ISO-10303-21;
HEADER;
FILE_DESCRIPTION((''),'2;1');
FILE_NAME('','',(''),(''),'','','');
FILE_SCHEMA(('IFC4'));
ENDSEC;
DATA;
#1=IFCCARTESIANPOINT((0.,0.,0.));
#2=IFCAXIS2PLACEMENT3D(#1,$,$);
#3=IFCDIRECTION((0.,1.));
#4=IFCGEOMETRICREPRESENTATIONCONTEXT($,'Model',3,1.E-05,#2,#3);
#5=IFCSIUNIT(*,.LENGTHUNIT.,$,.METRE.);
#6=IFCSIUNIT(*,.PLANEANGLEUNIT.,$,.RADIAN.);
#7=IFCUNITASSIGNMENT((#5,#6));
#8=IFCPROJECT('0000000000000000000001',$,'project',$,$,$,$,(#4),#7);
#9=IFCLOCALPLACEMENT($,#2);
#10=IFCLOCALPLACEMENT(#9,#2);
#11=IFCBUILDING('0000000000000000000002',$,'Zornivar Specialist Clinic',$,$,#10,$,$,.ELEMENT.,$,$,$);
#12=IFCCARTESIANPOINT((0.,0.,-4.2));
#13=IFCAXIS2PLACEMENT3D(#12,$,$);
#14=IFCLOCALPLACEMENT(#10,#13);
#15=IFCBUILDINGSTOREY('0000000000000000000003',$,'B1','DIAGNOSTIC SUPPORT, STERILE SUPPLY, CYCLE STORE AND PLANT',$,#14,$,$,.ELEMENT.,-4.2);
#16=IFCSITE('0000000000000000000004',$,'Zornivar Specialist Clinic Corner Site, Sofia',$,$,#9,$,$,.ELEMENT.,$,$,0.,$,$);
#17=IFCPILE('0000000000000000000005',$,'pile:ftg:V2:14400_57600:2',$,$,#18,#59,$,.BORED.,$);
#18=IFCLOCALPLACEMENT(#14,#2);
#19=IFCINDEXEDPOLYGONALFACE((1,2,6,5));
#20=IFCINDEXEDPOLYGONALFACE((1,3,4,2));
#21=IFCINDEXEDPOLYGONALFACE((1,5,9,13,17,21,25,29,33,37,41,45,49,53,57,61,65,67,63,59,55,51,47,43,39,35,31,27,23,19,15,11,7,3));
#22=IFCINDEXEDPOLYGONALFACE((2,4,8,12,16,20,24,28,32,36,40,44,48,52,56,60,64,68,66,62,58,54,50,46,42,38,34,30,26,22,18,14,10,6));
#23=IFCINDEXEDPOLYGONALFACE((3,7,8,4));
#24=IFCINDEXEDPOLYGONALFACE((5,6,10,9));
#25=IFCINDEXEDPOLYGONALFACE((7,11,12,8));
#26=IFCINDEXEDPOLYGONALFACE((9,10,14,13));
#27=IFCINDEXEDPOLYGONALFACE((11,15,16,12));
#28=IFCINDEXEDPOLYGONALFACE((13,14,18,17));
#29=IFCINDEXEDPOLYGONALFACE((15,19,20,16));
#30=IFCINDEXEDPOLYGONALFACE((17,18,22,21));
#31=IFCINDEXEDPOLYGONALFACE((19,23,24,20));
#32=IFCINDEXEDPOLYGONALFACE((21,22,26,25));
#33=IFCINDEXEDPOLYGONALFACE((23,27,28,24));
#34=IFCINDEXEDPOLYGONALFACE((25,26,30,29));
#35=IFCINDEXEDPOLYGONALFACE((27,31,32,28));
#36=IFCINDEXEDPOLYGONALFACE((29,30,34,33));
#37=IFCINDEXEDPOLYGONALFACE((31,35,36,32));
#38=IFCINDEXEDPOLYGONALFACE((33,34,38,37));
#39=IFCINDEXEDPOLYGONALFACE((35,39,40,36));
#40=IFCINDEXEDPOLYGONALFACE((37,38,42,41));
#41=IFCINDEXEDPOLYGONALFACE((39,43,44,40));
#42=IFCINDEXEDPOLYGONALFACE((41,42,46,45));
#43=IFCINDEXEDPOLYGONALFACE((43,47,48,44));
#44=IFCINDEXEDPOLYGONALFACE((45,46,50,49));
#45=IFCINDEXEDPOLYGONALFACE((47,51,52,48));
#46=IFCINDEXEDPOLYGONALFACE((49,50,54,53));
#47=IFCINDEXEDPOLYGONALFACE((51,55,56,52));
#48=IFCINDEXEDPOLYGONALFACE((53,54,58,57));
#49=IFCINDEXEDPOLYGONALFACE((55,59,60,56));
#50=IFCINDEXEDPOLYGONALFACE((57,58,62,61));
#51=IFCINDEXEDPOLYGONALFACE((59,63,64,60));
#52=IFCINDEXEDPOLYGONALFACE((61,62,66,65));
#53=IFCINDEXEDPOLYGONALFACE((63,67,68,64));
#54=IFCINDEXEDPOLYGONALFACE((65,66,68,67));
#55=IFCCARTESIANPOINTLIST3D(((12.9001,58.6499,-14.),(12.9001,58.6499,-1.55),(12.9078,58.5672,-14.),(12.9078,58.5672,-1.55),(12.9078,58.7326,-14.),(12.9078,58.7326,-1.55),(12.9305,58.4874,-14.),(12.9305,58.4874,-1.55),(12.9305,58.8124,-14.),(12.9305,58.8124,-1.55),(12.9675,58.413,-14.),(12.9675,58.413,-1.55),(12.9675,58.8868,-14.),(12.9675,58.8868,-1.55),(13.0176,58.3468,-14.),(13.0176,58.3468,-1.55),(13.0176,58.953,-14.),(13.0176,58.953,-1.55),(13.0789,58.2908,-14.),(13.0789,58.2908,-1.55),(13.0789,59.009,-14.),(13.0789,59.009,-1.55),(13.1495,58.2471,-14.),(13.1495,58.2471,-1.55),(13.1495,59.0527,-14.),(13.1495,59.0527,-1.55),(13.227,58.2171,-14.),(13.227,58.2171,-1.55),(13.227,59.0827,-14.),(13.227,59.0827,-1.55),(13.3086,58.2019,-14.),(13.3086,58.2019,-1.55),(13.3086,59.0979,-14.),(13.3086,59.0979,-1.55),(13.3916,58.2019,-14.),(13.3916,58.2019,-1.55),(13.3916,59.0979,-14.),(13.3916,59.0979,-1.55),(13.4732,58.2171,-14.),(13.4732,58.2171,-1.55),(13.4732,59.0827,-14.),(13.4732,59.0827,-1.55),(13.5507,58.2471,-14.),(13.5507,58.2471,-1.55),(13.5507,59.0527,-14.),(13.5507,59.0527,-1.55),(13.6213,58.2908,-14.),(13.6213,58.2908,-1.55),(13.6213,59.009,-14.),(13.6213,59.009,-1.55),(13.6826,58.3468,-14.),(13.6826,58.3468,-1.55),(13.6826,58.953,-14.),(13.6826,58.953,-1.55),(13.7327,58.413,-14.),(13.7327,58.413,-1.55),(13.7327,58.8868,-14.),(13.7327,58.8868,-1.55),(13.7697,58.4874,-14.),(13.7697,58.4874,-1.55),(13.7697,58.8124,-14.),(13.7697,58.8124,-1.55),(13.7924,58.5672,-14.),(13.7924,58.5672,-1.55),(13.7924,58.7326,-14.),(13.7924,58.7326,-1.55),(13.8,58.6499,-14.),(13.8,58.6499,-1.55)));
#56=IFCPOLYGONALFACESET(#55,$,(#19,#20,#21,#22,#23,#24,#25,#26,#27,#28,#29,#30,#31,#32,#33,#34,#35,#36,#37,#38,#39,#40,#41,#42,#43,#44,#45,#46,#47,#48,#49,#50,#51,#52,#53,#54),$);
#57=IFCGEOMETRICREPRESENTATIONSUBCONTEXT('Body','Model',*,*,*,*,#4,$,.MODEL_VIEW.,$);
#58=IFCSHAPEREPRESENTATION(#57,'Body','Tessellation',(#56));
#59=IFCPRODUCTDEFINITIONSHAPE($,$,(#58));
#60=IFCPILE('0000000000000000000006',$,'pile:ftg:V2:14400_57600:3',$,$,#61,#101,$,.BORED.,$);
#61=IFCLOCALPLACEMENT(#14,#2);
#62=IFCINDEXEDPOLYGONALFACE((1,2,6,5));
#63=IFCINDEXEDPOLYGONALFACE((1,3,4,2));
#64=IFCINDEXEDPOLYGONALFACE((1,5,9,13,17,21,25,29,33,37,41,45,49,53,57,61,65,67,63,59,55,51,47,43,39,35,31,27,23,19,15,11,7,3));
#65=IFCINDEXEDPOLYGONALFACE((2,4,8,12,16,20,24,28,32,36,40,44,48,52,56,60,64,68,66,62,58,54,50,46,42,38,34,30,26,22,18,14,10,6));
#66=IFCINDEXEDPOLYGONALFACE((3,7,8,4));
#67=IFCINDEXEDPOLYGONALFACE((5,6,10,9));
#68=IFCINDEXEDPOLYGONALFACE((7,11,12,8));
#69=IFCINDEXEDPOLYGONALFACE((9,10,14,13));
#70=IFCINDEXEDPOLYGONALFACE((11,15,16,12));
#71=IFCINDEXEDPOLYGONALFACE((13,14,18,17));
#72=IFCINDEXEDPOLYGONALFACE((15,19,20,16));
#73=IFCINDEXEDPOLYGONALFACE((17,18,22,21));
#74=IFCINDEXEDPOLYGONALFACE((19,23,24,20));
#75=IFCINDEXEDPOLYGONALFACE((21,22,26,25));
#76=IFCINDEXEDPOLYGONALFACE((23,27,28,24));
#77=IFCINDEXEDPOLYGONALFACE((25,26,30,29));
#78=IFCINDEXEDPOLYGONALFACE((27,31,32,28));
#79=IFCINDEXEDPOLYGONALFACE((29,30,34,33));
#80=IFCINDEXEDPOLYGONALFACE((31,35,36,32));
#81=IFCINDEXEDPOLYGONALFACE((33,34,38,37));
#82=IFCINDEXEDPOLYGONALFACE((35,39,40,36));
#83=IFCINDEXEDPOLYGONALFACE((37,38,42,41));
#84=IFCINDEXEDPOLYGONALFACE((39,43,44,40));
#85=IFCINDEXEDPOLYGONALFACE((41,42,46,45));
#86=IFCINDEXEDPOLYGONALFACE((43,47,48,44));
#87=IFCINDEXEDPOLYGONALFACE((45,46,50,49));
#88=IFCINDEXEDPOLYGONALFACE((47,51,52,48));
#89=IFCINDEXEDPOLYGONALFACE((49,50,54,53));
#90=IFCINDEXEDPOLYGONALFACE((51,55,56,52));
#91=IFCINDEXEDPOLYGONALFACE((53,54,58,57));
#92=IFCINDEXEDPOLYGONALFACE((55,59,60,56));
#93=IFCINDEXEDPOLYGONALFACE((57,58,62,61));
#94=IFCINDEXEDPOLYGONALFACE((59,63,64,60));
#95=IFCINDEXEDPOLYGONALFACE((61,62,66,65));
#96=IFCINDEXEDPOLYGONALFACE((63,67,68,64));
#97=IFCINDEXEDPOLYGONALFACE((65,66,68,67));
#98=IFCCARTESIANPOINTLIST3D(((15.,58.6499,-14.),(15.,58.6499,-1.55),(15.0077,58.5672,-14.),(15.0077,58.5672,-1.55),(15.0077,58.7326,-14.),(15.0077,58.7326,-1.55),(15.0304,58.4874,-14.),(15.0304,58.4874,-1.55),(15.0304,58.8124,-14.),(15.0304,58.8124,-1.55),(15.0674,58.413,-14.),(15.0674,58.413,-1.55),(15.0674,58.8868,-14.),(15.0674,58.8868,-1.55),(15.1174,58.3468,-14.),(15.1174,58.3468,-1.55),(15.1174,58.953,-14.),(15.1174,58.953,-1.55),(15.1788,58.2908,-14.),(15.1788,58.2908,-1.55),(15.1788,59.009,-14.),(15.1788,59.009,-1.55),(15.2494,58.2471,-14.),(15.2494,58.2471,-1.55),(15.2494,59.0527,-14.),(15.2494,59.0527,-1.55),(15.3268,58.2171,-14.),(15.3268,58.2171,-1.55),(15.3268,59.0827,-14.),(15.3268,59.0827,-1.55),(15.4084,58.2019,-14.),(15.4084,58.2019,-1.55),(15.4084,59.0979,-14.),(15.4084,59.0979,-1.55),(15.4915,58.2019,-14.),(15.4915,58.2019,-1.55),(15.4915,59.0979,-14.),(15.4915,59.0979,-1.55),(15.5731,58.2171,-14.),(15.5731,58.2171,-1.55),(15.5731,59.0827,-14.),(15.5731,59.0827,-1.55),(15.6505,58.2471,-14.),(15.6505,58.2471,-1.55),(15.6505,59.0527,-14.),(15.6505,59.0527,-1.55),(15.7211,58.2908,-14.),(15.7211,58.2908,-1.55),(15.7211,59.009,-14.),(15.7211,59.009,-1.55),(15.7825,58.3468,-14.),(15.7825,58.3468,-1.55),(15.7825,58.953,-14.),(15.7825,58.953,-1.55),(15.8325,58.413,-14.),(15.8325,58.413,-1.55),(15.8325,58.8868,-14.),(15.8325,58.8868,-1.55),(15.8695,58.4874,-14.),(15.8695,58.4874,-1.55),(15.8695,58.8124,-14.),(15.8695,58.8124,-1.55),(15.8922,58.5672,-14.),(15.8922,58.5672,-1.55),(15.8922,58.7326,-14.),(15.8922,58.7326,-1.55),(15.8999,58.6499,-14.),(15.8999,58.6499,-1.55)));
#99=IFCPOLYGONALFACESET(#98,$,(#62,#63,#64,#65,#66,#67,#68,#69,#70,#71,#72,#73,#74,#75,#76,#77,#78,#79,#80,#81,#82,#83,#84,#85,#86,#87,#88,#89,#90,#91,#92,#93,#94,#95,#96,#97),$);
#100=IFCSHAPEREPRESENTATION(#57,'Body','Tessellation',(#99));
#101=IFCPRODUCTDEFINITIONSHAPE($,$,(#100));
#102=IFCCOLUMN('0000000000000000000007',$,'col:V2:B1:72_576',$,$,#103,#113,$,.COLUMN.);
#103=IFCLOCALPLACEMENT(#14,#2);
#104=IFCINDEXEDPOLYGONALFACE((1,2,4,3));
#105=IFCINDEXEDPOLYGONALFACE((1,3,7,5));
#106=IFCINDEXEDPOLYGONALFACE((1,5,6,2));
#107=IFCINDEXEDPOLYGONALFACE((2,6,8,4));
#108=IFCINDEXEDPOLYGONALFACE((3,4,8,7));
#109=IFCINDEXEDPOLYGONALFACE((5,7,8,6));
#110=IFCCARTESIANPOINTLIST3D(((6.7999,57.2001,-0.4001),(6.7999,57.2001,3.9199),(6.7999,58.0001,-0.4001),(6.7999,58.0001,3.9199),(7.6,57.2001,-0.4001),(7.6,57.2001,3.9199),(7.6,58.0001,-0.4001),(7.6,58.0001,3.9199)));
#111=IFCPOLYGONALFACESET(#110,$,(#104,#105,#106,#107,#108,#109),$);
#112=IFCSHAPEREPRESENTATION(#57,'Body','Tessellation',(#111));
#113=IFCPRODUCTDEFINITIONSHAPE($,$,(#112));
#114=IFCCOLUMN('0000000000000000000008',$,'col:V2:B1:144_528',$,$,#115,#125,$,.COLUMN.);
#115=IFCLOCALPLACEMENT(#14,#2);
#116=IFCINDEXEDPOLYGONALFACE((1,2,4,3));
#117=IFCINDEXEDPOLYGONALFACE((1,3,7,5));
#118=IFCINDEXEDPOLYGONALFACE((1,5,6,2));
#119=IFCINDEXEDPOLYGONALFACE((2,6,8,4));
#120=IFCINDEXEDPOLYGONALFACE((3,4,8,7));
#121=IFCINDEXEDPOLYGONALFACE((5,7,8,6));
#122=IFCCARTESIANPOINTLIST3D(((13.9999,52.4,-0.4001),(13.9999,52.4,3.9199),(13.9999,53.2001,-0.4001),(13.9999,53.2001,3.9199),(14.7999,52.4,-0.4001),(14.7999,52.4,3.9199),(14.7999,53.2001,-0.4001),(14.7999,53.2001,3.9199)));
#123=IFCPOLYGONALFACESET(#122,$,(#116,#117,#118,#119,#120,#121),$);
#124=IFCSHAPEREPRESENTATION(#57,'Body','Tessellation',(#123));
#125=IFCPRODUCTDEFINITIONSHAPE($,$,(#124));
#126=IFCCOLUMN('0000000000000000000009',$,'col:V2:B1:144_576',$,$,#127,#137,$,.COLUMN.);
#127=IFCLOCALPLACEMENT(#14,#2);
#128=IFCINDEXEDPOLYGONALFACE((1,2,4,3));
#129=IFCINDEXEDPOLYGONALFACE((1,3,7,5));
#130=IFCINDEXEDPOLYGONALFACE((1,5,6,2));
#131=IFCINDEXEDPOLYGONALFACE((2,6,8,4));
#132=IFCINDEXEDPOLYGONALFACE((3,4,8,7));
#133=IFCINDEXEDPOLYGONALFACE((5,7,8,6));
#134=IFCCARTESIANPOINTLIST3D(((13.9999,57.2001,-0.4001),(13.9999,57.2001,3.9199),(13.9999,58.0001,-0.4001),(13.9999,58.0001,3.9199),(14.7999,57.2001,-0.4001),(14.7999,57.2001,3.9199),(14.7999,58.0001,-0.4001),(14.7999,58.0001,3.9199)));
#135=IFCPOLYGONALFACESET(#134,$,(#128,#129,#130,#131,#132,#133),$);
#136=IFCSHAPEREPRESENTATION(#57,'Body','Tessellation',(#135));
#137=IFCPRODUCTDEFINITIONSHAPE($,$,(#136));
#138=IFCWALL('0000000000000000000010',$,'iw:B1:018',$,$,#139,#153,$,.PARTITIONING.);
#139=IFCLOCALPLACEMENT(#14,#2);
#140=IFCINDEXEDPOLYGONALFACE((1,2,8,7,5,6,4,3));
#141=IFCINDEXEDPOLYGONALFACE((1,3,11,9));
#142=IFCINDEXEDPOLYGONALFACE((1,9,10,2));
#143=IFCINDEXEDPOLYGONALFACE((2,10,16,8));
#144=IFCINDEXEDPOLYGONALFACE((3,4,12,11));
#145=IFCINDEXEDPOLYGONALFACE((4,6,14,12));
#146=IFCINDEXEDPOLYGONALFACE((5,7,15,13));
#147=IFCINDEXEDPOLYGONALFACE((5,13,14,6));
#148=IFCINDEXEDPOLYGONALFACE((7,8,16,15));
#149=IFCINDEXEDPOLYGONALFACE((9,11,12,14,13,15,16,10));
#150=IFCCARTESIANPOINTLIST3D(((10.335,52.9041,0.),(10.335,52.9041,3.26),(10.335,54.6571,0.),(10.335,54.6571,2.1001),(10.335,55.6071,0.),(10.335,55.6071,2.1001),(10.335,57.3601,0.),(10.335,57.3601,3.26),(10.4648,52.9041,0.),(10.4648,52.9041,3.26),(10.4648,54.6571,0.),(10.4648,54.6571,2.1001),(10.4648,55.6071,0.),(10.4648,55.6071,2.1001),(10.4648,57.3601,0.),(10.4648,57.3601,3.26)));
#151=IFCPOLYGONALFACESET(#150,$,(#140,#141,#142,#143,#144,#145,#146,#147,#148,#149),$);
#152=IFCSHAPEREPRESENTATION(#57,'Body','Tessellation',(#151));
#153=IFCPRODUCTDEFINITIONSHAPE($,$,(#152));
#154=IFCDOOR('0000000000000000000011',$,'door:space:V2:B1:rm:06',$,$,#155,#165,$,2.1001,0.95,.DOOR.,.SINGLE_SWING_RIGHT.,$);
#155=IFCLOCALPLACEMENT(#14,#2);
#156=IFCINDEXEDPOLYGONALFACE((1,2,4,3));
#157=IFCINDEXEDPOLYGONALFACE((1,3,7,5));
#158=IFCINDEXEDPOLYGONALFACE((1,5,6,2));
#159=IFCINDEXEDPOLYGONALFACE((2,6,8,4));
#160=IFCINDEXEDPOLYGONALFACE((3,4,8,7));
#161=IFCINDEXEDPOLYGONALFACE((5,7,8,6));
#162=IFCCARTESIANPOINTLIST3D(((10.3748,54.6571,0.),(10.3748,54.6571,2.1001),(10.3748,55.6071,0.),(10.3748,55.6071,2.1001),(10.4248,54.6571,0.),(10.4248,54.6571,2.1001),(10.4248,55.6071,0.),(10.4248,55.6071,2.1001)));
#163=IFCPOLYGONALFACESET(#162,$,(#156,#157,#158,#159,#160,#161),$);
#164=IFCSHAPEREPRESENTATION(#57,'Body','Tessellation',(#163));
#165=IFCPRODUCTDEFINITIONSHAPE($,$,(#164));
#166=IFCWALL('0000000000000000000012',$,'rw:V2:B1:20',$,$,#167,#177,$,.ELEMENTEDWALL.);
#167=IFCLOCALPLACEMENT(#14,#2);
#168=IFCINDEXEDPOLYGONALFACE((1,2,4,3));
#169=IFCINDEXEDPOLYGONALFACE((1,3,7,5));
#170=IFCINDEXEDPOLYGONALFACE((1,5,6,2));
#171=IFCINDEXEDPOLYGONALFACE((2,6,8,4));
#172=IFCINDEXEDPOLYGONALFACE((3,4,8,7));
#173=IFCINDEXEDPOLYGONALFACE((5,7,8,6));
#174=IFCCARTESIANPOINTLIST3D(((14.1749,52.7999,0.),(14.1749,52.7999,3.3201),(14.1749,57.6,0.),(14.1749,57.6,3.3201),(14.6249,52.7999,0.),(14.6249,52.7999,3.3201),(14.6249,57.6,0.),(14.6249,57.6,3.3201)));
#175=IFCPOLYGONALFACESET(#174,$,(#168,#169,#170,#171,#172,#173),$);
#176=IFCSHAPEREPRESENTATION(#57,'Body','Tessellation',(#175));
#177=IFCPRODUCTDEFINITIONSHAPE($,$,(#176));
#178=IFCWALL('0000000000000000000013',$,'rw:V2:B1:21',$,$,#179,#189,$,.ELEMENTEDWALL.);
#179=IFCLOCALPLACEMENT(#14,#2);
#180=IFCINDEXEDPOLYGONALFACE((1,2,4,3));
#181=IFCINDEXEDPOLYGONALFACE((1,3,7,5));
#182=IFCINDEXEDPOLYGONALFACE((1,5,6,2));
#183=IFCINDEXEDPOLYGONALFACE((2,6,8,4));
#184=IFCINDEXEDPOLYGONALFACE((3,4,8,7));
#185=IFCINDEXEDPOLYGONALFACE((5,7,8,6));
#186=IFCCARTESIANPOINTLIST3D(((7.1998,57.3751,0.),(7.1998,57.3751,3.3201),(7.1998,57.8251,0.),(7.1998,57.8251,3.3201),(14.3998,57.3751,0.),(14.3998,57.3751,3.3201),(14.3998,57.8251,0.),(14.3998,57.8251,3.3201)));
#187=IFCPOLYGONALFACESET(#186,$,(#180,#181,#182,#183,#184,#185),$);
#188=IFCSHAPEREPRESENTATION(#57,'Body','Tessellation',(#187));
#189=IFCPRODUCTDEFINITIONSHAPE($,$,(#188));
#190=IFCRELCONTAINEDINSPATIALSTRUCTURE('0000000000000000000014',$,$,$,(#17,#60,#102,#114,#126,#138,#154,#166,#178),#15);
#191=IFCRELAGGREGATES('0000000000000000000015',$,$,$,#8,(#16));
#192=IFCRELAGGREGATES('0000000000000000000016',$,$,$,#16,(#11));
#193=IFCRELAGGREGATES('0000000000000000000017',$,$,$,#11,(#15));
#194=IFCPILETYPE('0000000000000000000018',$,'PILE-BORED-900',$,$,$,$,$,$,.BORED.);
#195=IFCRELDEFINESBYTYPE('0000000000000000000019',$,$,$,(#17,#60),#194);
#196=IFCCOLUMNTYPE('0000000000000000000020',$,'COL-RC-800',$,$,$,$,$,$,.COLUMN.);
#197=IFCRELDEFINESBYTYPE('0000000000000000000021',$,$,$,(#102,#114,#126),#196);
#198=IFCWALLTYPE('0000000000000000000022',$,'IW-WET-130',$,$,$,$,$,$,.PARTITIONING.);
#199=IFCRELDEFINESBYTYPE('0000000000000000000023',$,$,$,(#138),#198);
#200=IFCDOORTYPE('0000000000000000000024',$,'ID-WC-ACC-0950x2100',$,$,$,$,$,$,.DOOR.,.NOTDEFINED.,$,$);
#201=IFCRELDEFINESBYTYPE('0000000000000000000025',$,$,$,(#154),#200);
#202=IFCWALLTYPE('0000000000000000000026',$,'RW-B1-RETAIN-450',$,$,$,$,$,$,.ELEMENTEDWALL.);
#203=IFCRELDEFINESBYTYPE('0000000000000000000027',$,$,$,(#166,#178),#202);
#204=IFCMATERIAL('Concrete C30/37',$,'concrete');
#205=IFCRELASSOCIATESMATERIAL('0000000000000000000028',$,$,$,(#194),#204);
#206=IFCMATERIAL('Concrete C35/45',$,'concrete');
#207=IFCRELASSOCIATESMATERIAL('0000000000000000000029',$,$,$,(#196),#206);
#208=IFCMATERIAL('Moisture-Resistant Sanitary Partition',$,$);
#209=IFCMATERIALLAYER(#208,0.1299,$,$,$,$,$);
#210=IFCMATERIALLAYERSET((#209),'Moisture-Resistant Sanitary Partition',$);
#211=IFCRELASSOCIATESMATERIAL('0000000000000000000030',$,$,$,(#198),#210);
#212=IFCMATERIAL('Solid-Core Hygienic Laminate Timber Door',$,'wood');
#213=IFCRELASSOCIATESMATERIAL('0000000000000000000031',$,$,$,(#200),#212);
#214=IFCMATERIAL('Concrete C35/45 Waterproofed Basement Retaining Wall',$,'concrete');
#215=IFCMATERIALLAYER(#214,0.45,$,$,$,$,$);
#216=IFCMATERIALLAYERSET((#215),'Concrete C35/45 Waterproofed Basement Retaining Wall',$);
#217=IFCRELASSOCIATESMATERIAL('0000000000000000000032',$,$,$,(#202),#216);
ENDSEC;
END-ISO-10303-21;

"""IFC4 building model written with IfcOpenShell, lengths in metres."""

from ifc_helpers import new_model, si_unit, direction, frame, frame_2d, origin, origin_2d, place, context, subcontext, project, spatial, rectangle, circle, extrude, material, layer, layer_set, material_profile, profile_set, type_object, element, fill, save


model = new_model("IFC4")

# Units and contexts
model_context = context("Model", 3, precision=1e-05, world=origin(), true_north=direction((0.0, 1.0)))
body_context = subcontext(model_context, "Body", "Model", "MODEL_VIEW")
ifc_project = project(units=[si_unit("LENGTHUNIT", "METRE"), si_unit("PLANEANGLEUNIT", "RADIAN")], contexts=[model_context])

# Site, building, storey
site_placement = place(None, origin())
site = spatial("IfcSite", under=ifc_project, at=site_placement, Name="Zornivar Specialist Clinic Corner Site, Sofia", CompositionType="ELEMENT", RefElevation=0.0)
building_placement = place(site_placement, origin())
building = spatial("IfcBuilding", under=site, at=building_placement, Name="Zornivar Specialist Clinic", CompositionType="ELEMENT")
storey_placement = place(building_placement, frame((0.0, 0.0, -4.2)))
storey = spatial("IfcBuildingStorey", under=building, at=storey_placement, Name="B1", Description="DIAGNOSTIC SUPPORT, STERILE SUPPLY, CYCLE STORE AND PLANT", CompositionType="ELEMENT", Elevation=-4.2)

# Piles
ifc_material_1 = material(Name="Concrete C30/37", Category="concrete")
ifc_material_profile_1 = material_profile(ifc_material_1, circle(Radius=0.45, at=origin_2d()), Name="PILE D900")
ifc_profile_set_1 = profile_set([ifc_material_profile_1], Name="Concrete C30/37")
pile_type = type_object("IfcPileType", Name="PILE-BORED-900", PredefinedType="BORED", material=ifc_profile_set_1)
for number, where, z_axis, x_axis, name in (
    (1, (13.3501, 58.6499, -1.55), (0.0, 0.0, -1.0), (1.0, 0.0, 0.0), "pile:ftg:V2:14400_57600:2"),
    (2, (15.45, 58.6499, -1.55), (0.0, 0.0, -1.0), (1.0, 0.0, 0.0), "pile:ftg:V2:14400_57600:3"),
):
    element("IfcPile", number, at=place(storey_placement, frame(where, z_axis=z_axis, x_axis=x_axis)), inside=storey, type_object=pile_type, Name=name, PredefinedType="BORED", context=body_context, shape_type="SweptSolid", body=[
        extrude(circle(Radius=0.45, at=origin_2d()), origin(), (0.0, 0.0, 1.0), 12.45),
    ])

# Columns
ifc_material_2 = material(Name="Concrete C35/45", Category="concrete")
ifc_material_profile_2 = material_profile(ifc_material_2, rectangle(XDim=0.8, YDim=0.8, at=origin_2d()), Name="RC 800x800")
ifc_profile_set_2 = profile_set([ifc_material_profile_2], Name="Concrete C35/45")
column_type = type_object("IfcColumnType", Name="COL-RC-800", PredefinedType="COLUMN", material=ifc_profile_set_2)
for number, where, z_axis, x_axis, name in (
    (3, (7.2, 57.6001, -0.4001), (0.0, 0.0, 1.0), (1.0, 0.0, 0.0), "col:V2:B1:72_576"),
    (4, (14.3999, 52.8, -0.4001), (0.0, 0.0, 1.0), (1.0, 0.0, 0.0), "col:V2:B1:144_528"),
    (5, (14.3999, 57.6001, -0.4001), (0.0, 0.0, 1.0), (1.0, 0.0, 0.0), "col:V2:B1:144_576"),
):
    element("IfcColumn", number, at=place(storey_placement, frame(where, z_axis=z_axis, x_axis=x_axis)), inside=storey, type_object=column_type, Name=name, PredefinedType="COLUMN", context=body_context, shape_type="SweptSolid", body=[
        extrude(rectangle(XDim=0.8, YDim=0.8, at=origin_2d()), origin(), (0.0, 0.0, 1.0), 4.3201),
    ])

# Wall, opening, door
ifc_material_3 = material(Name="Moisture-Resistant Sanitary Partition")
ifc_layer_1 = layer(ifc_material_3, 0.1299)
ifc_layer_set_1 = layer_set([ifc_layer_1], Name="Moisture-Resistant Sanitary Partition")
wall_type_1 = type_object("IfcWallType", Name="IW-WET-130", PredefinedType="PARTITIONING", material=ifc_layer_set_1)
wall_1_placement = place(storey_placement, frame((10.3999, 57.3601, 0.0), z_axis=(0.0, 0.0, 1.0), x_axis=(0.0, -1.0, 0.0)))
wall_1 = element("IfcWall", 6, at=wall_1_placement, inside=storey, type_object=wall_type_1, Name="iw:B1:018", PredefinedType="PARTITIONING", context=body_context, shape_type="SweptSolid", body=[
    extrude(rectangle(XDim=4.4561, YDim=0.1299, at=frame_2d((2.228, 0.0))), origin(), (0.0, 0.0, 1.0), 3.26),
])
opening_placement = place(wall_1_placement, frame((1.7529, 0.0, 0.0)))
opening = element("IfcOpeningElement", 7, at=opening_placement, cuts=wall_1, PredefinedType="OPENING", context=body_context, shape_type="SweptSolid", body=[
    extrude(rectangle(XDim=0.95, YDim=2.1001, at=frame_2d((0.4751, 1.05))), frame((0.0, 0.075, 0.0), z_axis=(0.0, -1.0, 0.0), x_axis=(1.0, 0.0, 0.0)), (0.0, 0.0, 1.0), 0.1499),
])
ifc_material_4 = material(Name="Solid-Core Hygienic Laminate Timber Door", Category="wood")
door_type = type_object("IfcDoorType", Name="ID-WC-ACC-0950x2100", OperationType="NOTDEFINED", PredefinedType="DOOR", material=ifc_material_4)
door_placement = place(opening_placement, origin())
door = element("IfcDoor", 8, at=door_placement, inside=storey, type_object=door_type, Name="door:space:V2:B1:rm:06", OperationType="SINGLE_SWING_RIGHT", OverallHeight=2.1001, OverallWidth=0.95, PredefinedType="DOOR", context=body_context, shape_type="SweptSolid", body=[
    extrude(rectangle(XDim=0.95, YDim=2.1001, at=frame_2d((0.4751, 1.05))), frame((0.0, 0.0249, 0.0), z_axis=(0.0, -1.0, 0.0), x_axis=(1.0, 0.0, 0.0)), (0.0, 0.0, 1.0), 0.05),
])
fill(opening, door)

# Walls
ifc_material_5 = material(Name="Concrete C35/45 Waterproofed Basement Retaining Wall", Category="concrete")
ifc_layer_2 = layer(ifc_material_5, 0.45)
ifc_layer_set_2 = layer_set([ifc_layer_2], Name="Concrete C35/45 Waterproofed Basement Retaining Wall")
wall_type_2 = type_object("IfcWallType", Name="RW-B1-RETAIN-450", PredefinedType="ELEMENTEDWALL", material=ifc_layer_set_2)
wall_2_placement = place(storey_placement, frame((14.3999, 52.8, 0.0), z_axis=(0.0, 0.0, 1.0), x_axis=(0.0, 1.0, 0.0)))
element("IfcWall", 9, at=wall_2_placement, inside=storey, type_object=wall_type_2, Name="rw:V2:B1:20", PredefinedType="ELEMENTEDWALL", context=body_context, shape_type="SweptSolid", body=[
    extrude(rectangle(XDim=4.8, YDim=0.45, at=frame_2d((2.3999, 0.0))), origin(), (0.0, 0.0, 1.0), 3.3201),
])
for number, where, z_axis, x_axis, name in (
    (10, (14.3999, 57.6001, 0.0), (0.0, 0.0, 1.0), (-1.0, 0.0, 0.0), "rw:V2:B1:21"),
):
    element("IfcWall", number, at=place(storey_placement, frame(where, z_axis=z_axis, x_axis=x_axis)), inside=storey, type_object=wall_type_2, Name=name, PredefinedType="ELEMENTEDWALL", context=body_context, shape_type="SweptSolid", body=[
        extrude(rectangle(XDim=7.2, YDim=0.45, at=frame_2d((3.6001, 0.0))), origin(), (0.0, 0.0, 1.0), 3.3201),
    ])

save(model, "model.ifc")
